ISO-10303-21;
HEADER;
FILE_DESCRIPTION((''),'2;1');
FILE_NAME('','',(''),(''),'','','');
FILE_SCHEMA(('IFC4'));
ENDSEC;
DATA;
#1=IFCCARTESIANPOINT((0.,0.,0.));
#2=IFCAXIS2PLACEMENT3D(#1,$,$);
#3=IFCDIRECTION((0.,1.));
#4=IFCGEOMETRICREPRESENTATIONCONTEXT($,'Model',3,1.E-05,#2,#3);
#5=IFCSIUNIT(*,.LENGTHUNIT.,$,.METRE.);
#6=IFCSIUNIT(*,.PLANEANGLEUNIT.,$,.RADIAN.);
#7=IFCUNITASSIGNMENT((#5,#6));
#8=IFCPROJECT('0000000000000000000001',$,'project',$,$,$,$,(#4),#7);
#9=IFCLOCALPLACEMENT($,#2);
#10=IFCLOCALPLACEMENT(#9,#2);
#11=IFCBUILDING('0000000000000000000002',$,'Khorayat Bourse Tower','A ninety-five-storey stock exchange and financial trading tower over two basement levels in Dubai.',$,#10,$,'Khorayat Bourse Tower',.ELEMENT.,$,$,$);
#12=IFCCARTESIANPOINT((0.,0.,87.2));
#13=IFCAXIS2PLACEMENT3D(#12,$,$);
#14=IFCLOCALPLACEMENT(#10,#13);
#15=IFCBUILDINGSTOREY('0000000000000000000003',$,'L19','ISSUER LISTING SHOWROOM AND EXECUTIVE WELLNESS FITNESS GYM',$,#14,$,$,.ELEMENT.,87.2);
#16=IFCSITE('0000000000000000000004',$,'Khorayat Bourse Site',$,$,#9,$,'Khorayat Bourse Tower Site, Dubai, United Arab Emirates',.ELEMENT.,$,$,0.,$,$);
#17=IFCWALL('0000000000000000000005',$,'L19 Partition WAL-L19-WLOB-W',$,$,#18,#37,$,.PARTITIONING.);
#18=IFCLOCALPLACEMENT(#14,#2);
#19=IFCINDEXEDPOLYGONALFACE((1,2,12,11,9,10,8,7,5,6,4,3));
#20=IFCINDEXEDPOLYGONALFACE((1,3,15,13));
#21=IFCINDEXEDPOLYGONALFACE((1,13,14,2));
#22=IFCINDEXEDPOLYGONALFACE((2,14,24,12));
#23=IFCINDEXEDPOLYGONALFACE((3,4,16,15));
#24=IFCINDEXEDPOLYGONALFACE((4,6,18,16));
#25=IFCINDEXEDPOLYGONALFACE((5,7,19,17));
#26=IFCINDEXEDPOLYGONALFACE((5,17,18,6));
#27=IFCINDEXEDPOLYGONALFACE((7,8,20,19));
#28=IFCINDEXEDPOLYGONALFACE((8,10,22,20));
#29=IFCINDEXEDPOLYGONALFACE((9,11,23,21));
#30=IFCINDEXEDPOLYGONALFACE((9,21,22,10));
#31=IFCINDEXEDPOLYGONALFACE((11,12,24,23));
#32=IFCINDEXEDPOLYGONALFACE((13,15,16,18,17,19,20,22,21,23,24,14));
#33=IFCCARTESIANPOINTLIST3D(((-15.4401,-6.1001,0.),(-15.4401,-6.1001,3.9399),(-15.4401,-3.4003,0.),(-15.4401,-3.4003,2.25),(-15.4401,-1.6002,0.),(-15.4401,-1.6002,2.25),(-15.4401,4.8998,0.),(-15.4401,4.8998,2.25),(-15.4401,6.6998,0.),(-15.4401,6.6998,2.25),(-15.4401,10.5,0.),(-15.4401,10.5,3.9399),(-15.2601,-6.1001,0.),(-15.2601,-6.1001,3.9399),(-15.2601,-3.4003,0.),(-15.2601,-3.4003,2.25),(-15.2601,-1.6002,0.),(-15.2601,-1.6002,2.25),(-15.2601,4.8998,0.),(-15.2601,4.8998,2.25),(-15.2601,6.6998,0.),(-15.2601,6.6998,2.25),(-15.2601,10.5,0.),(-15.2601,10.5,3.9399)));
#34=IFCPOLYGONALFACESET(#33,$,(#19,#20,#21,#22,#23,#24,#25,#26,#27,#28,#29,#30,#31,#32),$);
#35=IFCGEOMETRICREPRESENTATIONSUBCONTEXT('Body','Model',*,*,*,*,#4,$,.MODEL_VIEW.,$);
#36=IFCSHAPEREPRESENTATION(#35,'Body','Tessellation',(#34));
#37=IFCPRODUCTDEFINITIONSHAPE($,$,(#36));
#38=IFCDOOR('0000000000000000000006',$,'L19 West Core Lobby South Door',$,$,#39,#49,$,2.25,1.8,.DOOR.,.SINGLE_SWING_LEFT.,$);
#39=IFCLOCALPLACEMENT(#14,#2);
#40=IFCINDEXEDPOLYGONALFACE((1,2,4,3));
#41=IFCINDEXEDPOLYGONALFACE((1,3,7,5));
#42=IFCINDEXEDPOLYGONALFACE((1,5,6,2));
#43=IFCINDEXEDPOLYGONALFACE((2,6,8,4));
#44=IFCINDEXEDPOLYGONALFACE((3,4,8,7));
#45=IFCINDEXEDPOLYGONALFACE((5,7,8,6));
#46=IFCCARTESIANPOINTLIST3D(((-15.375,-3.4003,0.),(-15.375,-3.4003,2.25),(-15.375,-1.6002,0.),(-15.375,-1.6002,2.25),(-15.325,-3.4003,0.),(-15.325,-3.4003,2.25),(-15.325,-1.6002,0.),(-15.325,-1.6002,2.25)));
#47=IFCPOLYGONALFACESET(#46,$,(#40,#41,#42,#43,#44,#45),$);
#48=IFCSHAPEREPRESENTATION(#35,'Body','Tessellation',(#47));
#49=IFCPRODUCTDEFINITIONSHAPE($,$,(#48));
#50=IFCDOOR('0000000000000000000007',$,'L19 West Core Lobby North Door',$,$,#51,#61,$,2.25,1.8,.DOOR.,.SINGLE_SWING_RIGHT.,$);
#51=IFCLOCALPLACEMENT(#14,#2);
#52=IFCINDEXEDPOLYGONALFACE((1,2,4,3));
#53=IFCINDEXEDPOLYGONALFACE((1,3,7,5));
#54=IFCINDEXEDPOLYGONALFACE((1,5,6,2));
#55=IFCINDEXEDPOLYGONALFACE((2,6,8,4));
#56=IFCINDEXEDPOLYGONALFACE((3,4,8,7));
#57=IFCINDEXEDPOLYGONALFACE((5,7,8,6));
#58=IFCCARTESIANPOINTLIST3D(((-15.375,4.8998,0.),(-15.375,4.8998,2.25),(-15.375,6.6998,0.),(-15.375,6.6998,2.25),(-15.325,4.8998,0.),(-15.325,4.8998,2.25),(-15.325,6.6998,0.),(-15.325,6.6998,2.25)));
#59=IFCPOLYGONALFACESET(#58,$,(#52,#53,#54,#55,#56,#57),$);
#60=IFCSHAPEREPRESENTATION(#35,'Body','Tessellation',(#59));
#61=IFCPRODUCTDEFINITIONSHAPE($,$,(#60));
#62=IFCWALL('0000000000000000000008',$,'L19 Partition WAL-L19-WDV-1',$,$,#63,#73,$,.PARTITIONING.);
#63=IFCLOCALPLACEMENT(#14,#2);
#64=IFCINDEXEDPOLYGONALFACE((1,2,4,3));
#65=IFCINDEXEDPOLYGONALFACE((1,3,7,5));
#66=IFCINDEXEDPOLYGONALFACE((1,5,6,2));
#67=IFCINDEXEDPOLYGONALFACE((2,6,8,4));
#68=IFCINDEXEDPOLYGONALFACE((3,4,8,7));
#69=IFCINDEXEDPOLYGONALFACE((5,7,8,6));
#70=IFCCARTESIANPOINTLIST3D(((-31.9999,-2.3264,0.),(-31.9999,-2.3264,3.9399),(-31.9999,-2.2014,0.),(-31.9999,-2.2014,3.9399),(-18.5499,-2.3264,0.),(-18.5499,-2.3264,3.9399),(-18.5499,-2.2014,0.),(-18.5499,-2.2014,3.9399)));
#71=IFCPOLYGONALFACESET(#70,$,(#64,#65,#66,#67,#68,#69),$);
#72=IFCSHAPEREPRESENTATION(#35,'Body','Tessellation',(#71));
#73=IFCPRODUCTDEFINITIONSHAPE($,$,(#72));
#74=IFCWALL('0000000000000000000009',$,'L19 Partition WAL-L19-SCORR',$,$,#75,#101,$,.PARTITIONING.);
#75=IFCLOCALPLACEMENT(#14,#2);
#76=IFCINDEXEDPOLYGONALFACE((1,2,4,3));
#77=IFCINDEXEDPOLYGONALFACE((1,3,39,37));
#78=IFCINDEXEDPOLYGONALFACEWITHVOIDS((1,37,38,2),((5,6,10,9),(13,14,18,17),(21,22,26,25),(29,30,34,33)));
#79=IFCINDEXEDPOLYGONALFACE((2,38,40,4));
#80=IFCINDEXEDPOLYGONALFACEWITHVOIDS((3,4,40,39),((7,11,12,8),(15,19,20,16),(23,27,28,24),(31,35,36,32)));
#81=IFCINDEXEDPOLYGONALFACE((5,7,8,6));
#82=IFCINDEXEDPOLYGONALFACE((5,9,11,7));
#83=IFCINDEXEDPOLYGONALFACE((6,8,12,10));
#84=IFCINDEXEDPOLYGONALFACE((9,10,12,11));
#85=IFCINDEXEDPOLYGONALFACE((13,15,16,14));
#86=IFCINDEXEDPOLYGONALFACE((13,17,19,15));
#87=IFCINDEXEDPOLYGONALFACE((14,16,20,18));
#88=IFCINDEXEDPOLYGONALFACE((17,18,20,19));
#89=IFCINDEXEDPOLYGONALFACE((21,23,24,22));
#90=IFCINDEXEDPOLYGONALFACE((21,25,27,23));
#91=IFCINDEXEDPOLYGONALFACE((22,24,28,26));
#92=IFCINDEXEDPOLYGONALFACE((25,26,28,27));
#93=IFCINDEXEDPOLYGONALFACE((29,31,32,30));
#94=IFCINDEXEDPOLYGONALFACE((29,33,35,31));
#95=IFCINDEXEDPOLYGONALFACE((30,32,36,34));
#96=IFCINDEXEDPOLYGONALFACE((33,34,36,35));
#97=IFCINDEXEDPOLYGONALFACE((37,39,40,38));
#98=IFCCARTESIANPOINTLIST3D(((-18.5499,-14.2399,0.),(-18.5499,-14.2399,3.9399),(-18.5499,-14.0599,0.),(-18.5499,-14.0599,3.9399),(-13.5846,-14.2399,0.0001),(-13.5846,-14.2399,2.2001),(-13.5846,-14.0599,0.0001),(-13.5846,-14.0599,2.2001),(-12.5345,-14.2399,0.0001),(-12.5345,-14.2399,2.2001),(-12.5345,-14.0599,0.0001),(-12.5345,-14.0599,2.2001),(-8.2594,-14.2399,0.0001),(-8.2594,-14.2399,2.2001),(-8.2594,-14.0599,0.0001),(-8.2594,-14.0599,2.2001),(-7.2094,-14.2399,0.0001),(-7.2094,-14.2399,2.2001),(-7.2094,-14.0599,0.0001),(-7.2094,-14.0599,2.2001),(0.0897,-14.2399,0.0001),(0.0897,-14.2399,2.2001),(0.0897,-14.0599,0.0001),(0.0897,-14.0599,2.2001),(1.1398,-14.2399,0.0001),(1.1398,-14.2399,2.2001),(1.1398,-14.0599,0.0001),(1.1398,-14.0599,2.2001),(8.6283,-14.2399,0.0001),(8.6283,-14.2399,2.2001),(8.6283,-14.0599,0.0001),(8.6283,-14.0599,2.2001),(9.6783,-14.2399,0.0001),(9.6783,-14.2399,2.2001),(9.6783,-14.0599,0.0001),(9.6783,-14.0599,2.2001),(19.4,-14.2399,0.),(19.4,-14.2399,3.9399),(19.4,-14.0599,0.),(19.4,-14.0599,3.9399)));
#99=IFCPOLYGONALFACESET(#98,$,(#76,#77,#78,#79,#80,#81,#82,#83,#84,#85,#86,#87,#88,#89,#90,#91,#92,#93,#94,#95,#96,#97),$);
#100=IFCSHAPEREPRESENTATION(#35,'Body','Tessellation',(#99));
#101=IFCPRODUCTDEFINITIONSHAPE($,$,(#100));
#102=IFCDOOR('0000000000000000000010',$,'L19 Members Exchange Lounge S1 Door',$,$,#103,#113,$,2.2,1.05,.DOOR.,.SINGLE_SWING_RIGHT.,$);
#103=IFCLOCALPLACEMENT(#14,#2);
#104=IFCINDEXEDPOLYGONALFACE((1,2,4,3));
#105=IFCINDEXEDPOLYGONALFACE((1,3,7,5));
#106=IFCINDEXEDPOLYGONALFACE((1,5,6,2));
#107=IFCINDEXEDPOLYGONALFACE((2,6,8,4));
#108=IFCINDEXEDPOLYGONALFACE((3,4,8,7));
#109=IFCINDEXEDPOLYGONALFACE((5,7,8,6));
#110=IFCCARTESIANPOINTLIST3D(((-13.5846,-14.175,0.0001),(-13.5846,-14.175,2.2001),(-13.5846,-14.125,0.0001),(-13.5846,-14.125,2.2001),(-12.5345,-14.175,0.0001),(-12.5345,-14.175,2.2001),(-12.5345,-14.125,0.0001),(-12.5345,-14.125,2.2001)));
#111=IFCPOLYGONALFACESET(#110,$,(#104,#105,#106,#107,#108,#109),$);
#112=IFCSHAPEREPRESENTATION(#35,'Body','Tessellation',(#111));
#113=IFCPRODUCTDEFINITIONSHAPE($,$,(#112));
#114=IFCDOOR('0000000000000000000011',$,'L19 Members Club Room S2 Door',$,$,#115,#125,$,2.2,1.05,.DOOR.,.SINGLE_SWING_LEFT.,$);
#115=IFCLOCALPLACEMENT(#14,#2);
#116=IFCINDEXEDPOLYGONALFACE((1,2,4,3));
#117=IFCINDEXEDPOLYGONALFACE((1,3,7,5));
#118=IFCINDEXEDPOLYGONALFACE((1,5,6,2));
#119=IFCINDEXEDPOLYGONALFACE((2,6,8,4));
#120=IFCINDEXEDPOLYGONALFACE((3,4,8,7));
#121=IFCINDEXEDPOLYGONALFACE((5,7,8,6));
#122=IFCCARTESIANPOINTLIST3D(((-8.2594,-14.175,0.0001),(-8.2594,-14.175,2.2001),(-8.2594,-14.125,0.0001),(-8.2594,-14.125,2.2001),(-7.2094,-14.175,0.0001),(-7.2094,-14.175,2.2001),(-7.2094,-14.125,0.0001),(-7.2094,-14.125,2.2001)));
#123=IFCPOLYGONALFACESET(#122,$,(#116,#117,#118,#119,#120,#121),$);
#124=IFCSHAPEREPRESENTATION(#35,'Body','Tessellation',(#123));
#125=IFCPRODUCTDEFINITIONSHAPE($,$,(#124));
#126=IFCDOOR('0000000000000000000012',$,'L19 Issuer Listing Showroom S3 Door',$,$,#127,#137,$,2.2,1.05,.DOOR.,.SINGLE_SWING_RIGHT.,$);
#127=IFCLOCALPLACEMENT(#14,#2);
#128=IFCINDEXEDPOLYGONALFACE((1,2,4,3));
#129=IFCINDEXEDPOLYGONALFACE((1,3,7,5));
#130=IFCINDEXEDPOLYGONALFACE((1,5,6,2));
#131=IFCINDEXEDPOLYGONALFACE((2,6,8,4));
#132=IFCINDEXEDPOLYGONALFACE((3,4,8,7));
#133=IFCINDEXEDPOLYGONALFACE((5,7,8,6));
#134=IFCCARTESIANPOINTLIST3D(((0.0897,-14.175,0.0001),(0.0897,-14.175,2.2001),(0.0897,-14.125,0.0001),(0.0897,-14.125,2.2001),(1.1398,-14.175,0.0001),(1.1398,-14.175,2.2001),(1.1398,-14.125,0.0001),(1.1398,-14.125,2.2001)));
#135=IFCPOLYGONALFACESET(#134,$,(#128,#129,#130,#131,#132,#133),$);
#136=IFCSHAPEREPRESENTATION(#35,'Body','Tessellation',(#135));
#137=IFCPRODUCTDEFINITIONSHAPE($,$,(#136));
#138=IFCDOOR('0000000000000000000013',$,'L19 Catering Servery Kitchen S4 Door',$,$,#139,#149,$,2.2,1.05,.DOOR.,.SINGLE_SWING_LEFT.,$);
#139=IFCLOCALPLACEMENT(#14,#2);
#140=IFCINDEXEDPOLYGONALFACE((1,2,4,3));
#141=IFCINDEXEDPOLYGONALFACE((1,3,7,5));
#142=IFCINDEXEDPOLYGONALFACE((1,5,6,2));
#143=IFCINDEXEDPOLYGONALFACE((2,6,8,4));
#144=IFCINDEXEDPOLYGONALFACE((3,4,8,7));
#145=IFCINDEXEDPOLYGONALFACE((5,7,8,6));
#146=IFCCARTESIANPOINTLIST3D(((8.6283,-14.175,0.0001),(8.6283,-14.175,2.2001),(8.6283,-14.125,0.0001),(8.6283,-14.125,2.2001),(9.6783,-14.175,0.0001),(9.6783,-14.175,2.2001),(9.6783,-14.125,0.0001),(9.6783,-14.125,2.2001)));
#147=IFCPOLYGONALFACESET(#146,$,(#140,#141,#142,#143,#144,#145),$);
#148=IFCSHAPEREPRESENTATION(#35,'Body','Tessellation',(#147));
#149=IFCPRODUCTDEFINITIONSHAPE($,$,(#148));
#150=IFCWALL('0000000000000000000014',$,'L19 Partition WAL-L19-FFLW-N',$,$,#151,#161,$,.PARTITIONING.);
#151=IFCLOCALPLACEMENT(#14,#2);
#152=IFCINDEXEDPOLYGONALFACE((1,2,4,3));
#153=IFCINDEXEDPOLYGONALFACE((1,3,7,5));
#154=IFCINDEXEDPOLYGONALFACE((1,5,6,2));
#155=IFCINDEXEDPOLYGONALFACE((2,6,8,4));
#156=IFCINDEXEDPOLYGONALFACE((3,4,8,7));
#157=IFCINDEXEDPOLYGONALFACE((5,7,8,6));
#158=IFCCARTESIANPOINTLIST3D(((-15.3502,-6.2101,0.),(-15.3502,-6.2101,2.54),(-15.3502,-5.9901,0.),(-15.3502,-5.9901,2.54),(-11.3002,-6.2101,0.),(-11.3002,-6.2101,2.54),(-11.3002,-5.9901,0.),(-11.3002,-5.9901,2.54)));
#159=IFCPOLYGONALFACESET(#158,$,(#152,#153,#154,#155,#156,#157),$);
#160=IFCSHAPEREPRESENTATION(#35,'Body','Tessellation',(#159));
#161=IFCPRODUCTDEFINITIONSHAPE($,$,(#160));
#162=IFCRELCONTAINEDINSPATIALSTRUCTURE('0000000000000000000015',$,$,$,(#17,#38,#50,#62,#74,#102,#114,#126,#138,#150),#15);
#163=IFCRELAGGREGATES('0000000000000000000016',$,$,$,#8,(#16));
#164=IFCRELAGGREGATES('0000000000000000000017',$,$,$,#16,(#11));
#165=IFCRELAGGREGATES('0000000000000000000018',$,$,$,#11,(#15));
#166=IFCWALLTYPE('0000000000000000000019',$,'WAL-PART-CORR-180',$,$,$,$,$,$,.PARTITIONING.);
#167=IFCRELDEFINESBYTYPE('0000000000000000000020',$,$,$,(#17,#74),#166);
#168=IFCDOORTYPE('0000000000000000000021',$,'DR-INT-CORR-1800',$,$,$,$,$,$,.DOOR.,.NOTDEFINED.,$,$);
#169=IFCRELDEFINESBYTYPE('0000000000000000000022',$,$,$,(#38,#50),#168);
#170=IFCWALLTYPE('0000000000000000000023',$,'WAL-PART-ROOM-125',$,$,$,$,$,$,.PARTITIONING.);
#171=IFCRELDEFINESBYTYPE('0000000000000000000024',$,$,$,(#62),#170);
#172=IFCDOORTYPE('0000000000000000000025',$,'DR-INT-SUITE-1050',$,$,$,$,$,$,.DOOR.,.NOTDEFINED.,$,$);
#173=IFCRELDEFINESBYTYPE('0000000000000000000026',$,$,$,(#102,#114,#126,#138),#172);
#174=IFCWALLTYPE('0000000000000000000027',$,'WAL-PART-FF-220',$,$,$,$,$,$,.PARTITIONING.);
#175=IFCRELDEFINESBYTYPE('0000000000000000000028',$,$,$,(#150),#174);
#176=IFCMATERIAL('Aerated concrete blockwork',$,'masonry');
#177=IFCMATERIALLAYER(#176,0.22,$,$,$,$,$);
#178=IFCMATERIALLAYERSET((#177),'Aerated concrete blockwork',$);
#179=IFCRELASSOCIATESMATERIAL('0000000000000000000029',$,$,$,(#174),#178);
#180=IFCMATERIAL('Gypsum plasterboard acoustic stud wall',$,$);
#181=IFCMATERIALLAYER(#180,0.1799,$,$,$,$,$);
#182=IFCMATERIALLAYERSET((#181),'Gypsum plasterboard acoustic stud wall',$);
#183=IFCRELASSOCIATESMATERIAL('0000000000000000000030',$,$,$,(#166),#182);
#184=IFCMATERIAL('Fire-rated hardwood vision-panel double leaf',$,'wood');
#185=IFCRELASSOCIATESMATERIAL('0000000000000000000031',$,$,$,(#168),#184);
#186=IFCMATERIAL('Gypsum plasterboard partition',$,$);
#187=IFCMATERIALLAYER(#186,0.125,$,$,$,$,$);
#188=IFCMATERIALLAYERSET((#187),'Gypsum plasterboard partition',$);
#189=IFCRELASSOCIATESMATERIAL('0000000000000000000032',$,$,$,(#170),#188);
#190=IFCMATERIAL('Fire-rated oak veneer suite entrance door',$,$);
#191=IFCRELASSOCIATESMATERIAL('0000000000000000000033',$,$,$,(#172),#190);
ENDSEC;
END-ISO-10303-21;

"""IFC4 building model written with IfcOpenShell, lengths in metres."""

from ifc_helpers import new_model, si_unit, direction, frame, frame_2d, origin, place, context, subcontext, project, spatial, rectangle, extrude, source, transform, mapped, material, layer, layer_set, type_object, element, fill, save


model = new_model("IFC4")

# Units and contexts
model_context = context("Model", 3, precision=1e-05, world=origin(), true_north=direction((0.0, 1.0)))
body_context = subcontext(model_context, "Body", "Model", "MODEL_VIEW")
ifc_project = project(units=[si_unit("LENGTHUNIT", "METRE"), si_unit("PLANEANGLEUNIT", "RADIAN")], contexts=[model_context])

# Site, building, storey
site_placement = place(None, origin())
site = spatial("IfcSite", under=ifc_project, at=site_placement, Name="Khorayat Bourse Site", LongName="Khorayat Bourse Tower Site, Dubai, United Arab Emirates", CompositionType="ELEMENT", RefElevation=0.0)
building_placement = place(site_placement, origin())
building = spatial("IfcBuilding", under=site, at=building_placement, Name="Khorayat Bourse Tower", Description="A ninety-five-storey stock exchange and financial trading tower over two basement levels in Dubai.", LongName="Khorayat Bourse Tower", CompositionType="ELEMENT")
storey_placement = place(building_placement, frame((0.0, 0.0, 87.2)))
storey = spatial("IfcBuildingStorey", under=building, at=storey_placement, Name="L19", Description="ISSUER LISTING SHOWROOM AND EXECUTIVE WELLNESS FITNESS GYM", CompositionType="ELEMENT", Elevation=87.2)

# Shared definitions
ifc_material_1 = material(Name="Aerated concrete blockwork", Category="masonry")
ifc_layer_1 = layer(ifc_material_1, 0.22)
ifc_layer_set_1 = layer_set([ifc_layer_1], Name="Aerated concrete blockwork")
wall_type_1 = type_object("IfcWallType", Name="WAL-PART-FF-220", PredefinedType="PARTITIONING", material=ifc_layer_set_1)

# Wall, openings, doors
ifc_material_2 = material(Name="Gypsum plasterboard acoustic stud wall")
ifc_layer_2 = layer(ifc_material_2, 0.1799)
ifc_layer_set_2 = layer_set([ifc_layer_2], Name="Gypsum plasterboard acoustic stud wall")
wall_type_2 = type_object("IfcWallType", Name="WAL-PART-CORR-180", PredefinedType="PARTITIONING", material=ifc_layer_set_2)
shared_shape_1 = source(origin(), body_context, "Body", "SweptSolid", [
    extrude(rectangle(XDim=16.6001, YDim=0.1799, at=frame_2d((8.3, 0.0))), origin(), (0.0, 0.0, 1.0), 3.9399),
])
wall_1_placement = place(storey_placement, frame((-15.3501, -6.1001, 0.0), z_axis=(0.0, 0.0, 1.0), x_axis=(0.0, 1.0, 0.0)))
wall_1 = element("IfcWall", 1, at=wall_1_placement, inside=storey, type_object=wall_type_2, Name="L19 Partition WAL-L19-WLOB-W", PredefinedType="PARTITIONING", context=body_context, shape_type="MappedRepresentation", body=[
    mapped(shared_shape_1, transform((0.0, 0.0, 0.0), scale=1.0)),
])
shared_shape_2 = source(origin(), body_context, "Body", "SweptSolid", [
    extrude(rectangle(XDim=1.8, YDim=2.25, at=frame_2d((0.8999, 1.125))), frame((0.0, 0.0999, 0.0), z_axis=(0.0, -1.0, 0.0), x_axis=(1.0, 0.0, 0.0)), (0.0, 0.0, 1.0), 0.2),
])
opening_1_placement = place(wall_1_placement, frame((2.7, 0.0, 0.0)))
opening_1 = element("IfcOpeningElement", 2, at=opening_1_placement, cuts=wall_1, PredefinedType="OPENING", context=body_context, shape_type="MappedRepresentation", body=[
    mapped(shared_shape_2, transform((0.0, 0.0, 0.0), scale=1.0)),
])
opening_2_placement = place(wall_1_placement, frame((11.0, 0.0, 0.0)))
opening_2 = element("IfcOpeningElement", 3, at=opening_2_placement, cuts=wall_1, PredefinedType="OPENING", context=body_context, shape_type="MappedRepresentation", body=[
    mapped(shared_shape_2, transform((0.0, 0.0, 0.0), scale=1.0)),
])
ifc_material_3 = material(Name="Fire-rated hardwood vision-panel double leaf", Category="wood")
door_type_1 = type_object("IfcDoorType", Name="DR-INT-CORR-1800", OperationType="NOTDEFINED", PredefinedType="DOOR", material=ifc_material_3)
shared_shape_3 = source(origin(), body_context, "Body", "SweptSolid", [
    extrude(rectangle(XDim=1.8, YDim=2.25, at=frame_2d((0.8999, 1.125))), frame((0.0, 0.0249, 0.0), z_axis=(0.0, -1.0, 0.0), x_axis=(1.0, 0.0, 0.0)), (0.0, 0.0, 1.0), 0.05),
])
door_1_placement = place(opening_1_placement, origin())
door_1 = element("IfcDoor", 4, at=door_1_placement, inside=storey, type_object=door_type_1, Name="L19 West Core Lobby South Door", OperationType="SINGLE_SWING_LEFT", OverallHeight=2.25, OverallWidth=1.8, PredefinedType="DOOR", context=body_context, shape_type="MappedRepresentation", body=[
    mapped(shared_shape_3, transform((0.0, 0.0, 0.0), scale=1.0)),
])
fill(opening_1, door_1)
door_2_placement = place(opening_2_placement, origin())
door_2 = element("IfcDoor", 5, at=door_2_placement, inside=storey, type_object=door_type_1, Name="L19 West Core Lobby North Door", OperationType="SINGLE_SWING_RIGHT", OverallHeight=2.25, OverallWidth=1.8, PredefinedType="DOOR", context=body_context, shape_type="MappedRepresentation", body=[
    mapped(shared_shape_3, transform((0.0, 0.0, 0.0), scale=1.0)),
])
fill(opening_2, door_2)

# Wall
ifc_material_4 = material(Name="Gypsum plasterboard partition")
ifc_layer_3 = layer(ifc_material_4, 0.125)
ifc_layer_set_3 = layer_set([ifc_layer_3], Name="Gypsum plasterboard partition")
wall_type_3 = type_object("IfcWallType", Name="WAL-PART-ROOM-125", PredefinedType="PARTITIONING", material=ifc_layer_set_3)
shared_shape_4 = source(origin(), body_context, "Body", "SweptSolid", [
    extrude(rectangle(XDim=13.45, YDim=0.125, at=frame_2d((6.7251, 0.0))), origin(), (0.0, 0.0, 1.0), 3.9399),
])
wall_2_placement = place(storey_placement, frame((-32.0, -2.2639, 0.0), z_axis=(0.0, 0.0, 1.0), x_axis=(1.0, 0.0, 0.0)))
element("IfcWall", 6, at=wall_2_placement, inside=storey, type_object=wall_type_3, Name="L19 Partition WAL-L19-WDV-1", PredefinedType="PARTITIONING", context=body_context, shape_type="MappedRepresentation", body=[
    mapped(shared_shape_4, transform((0.0, 0.0, 0.0), scale=1.0)),
])

# Wall, openings, doors
shared_shape_5 = source(origin(), body_context, "Body", "SweptSolid", [
    extrude(rectangle(XDim=37.95, YDim=0.1799, at=frame_2d((18.9751, 0.0))), origin(), (0.0, 0.0, 1.0), 3.9399),
])
wall_3_placement = place(storey_placement, frame((-18.55, -14.1499, 0.0), z_axis=(0.0, 0.0, 1.0), x_axis=(1.0, 0.0, 0.0)))
wall_3 = element("IfcWall", 7, at=wall_3_placement, inside=storey, type_object=wall_type_2, Name="L19 Partition WAL-L19-SCORR", PredefinedType="PARTITIONING", context=body_context, shape_type="MappedRepresentation", body=[
    mapped(shared_shape_5, transform((0.0, 0.0, 0.0), scale=1.0)),
])
shared_shape_6 = source(origin(), body_context, "Body", "SweptSolid", [
    extrude(rectangle(XDim=1.05, YDim=2.2, at=frame_2d((0.5249, 1.1001))), frame((0.0, 0.0999, 0.0), z_axis=(0.0, -1.0, 0.0), x_axis=(1.0, 0.0, 0.0)), (0.0, 0.0, 1.0), 0.2),
])
opening_3_placement = place(wall_3_placement, frame((4.9656, 0.0, 0.0)))
opening_3 = element("IfcOpeningElement", 8, at=opening_3_placement, cuts=wall_3, PredefinedType="OPENING", context=body_context, shape_type="MappedRepresentation", body=[
    mapped(shared_shape_6, transform((0.0, 0.0, 0.0), scale=1.0)),
])
opening_4_placement = place(wall_3_placement, frame((10.2908, 0.0, 0.0)))
opening_4 = element("IfcOpeningElement", 9, at=opening_4_placement, cuts=wall_3, PredefinedType="OPENING", context=body_context, shape_type="MappedRepresentation", body=[
    mapped(shared_shape_6, transform((0.0, 0.0, 0.0), scale=1.0)),
])
opening_5_placement = place(wall_3_placement, frame((18.6399, 0.0, 0.0)))
opening_5 = element("IfcOpeningElement", 10, at=opening_5_placement, cuts=wall_3, PredefinedType="OPENING", context=body_context, shape_type="MappedRepresentation", body=[
    mapped(shared_shape_6, transform((0.0, 0.0, 0.0), scale=1.0)),
])
opening_6_placement = place(wall_3_placement, frame((27.1785, 0.0, 0.0)))
opening_6 = element("IfcOpeningElement", 11, at=opening_6_placement, cuts=wall_3, PredefinedType="OPENING", context=body_context, shape_type="MappedRepresentation", body=[
    mapped(shared_shape_6, transform((0.0, 0.0, 0.0), scale=1.0)),
])
ifc_material_5 = material(Name="Fire-rated oak veneer suite entrance door")
door_type_2 = type_object("IfcDoorType", Name="DR-INT-SUITE-1050", OperationType="NOTDEFINED", PredefinedType="DOOR", material=ifc_material_5)
shared_shape_7 = source(origin(), body_context, "Body", "SweptSolid", [
    extrude(rectangle(XDim=1.05, YDim=2.2, at=frame_2d((0.5249, 1.1001))), frame((0.0, 0.0249, 0.0), z_axis=(0.0, -1.0, 0.0), x_axis=(1.0, 0.0, 0.0)), (0.0, 0.0, 1.0), 0.05),
])
door_3_placement = place(opening_3_placement, origin())
door_3 = element("IfcDoor", 12, at=door_3_placement, inside=storey, type_object=door_type_2, Name="L19 Members Exchange Lounge S1 Door", OperationType="SINGLE_SWING_RIGHT", OverallHeight=2.2, OverallWidth=1.05, PredefinedType="DOOR", context=body_context, shape_type="MappedRepresentation", body=[
    mapped(shared_shape_7, transform((0.0, 0.0, 0.0), scale=1.0)),
])
fill(opening_3, door_3)
door_4_placement = place(opening_4_placement, origin())
door_4 = element("IfcDoor", 13, at=door_4_placement, inside=storey, type_object=door_type_2, Name="L19 Members Club Room S2 Door", OperationType="SINGLE_SWING_LEFT", OverallHeight=2.2, OverallWidth=1.05, PredefinedType="DOOR", context=body_context, shape_type="MappedRepresentation", body=[
    mapped(shared_shape_7, transform((0.0, 0.0, 0.0), scale=1.0)),
])
fill(opening_4, door_4)
door_5_placement = place(opening_5_placement, origin())
door_5 = element("IfcDoor", 14, at=door_5_placement, inside=storey, type_object=door_type_2, Name="L19 Issuer Listing Showroom S3 Door", OperationType="SINGLE_SWING_RIGHT", OverallHeight=2.2, OverallWidth=1.05, PredefinedType="DOOR", context=body_context, shape_type="MappedRepresentation", body=[
    mapped(shared_shape_7, transform((0.0, 0.0, 0.0), scale=1.0)),
])
fill(opening_5, door_5)
door_6_placement = place(opening_6_placement, origin())
door_6 = element("IfcDoor", 15, at=door_6_placement, inside=storey, type_object=door_type_2, Name="L19 Catering Servery Kitchen S4 Door", OperationType="SINGLE_SWING_LEFT", OverallHeight=2.2, OverallWidth=1.05, PredefinedType="DOOR", context=body_context, shape_type="MappedRepresentation", body=[
    mapped(shared_shape_7, transform((0.0, 0.0, 0.0), scale=1.0)),
])
fill(opening_6, door_6)

# Wall
shared_shape_8 = source(origin(), body_context, "Body", "SweptSolid", [
    extrude(rectangle(XDim=4.05, YDim=0.22, at=frame_2d((2.0249, 0.0))), origin(), (0.0, 0.0, 1.0), 2.54),
])
wall_4_placement = place(storey_placement, frame((-15.3501, -6.1001, 0.0), z_axis=(0.0, 0.0, 1.0), x_axis=(1.0, 0.0, 0.0)))
element("IfcWall", 16, at=wall_4_placement, inside=storey, type_object=wall_type_1, Name="L19 Partition WAL-L19-FFLW-N", PredefinedType="PARTITIONING", context=body_context, shape_type="MappedRepresentation", body=[
    mapped(shared_shape_8, transform((0.0, 0.0, 0.0), scale=1.0)),
])

save(model, "model.ifc")
